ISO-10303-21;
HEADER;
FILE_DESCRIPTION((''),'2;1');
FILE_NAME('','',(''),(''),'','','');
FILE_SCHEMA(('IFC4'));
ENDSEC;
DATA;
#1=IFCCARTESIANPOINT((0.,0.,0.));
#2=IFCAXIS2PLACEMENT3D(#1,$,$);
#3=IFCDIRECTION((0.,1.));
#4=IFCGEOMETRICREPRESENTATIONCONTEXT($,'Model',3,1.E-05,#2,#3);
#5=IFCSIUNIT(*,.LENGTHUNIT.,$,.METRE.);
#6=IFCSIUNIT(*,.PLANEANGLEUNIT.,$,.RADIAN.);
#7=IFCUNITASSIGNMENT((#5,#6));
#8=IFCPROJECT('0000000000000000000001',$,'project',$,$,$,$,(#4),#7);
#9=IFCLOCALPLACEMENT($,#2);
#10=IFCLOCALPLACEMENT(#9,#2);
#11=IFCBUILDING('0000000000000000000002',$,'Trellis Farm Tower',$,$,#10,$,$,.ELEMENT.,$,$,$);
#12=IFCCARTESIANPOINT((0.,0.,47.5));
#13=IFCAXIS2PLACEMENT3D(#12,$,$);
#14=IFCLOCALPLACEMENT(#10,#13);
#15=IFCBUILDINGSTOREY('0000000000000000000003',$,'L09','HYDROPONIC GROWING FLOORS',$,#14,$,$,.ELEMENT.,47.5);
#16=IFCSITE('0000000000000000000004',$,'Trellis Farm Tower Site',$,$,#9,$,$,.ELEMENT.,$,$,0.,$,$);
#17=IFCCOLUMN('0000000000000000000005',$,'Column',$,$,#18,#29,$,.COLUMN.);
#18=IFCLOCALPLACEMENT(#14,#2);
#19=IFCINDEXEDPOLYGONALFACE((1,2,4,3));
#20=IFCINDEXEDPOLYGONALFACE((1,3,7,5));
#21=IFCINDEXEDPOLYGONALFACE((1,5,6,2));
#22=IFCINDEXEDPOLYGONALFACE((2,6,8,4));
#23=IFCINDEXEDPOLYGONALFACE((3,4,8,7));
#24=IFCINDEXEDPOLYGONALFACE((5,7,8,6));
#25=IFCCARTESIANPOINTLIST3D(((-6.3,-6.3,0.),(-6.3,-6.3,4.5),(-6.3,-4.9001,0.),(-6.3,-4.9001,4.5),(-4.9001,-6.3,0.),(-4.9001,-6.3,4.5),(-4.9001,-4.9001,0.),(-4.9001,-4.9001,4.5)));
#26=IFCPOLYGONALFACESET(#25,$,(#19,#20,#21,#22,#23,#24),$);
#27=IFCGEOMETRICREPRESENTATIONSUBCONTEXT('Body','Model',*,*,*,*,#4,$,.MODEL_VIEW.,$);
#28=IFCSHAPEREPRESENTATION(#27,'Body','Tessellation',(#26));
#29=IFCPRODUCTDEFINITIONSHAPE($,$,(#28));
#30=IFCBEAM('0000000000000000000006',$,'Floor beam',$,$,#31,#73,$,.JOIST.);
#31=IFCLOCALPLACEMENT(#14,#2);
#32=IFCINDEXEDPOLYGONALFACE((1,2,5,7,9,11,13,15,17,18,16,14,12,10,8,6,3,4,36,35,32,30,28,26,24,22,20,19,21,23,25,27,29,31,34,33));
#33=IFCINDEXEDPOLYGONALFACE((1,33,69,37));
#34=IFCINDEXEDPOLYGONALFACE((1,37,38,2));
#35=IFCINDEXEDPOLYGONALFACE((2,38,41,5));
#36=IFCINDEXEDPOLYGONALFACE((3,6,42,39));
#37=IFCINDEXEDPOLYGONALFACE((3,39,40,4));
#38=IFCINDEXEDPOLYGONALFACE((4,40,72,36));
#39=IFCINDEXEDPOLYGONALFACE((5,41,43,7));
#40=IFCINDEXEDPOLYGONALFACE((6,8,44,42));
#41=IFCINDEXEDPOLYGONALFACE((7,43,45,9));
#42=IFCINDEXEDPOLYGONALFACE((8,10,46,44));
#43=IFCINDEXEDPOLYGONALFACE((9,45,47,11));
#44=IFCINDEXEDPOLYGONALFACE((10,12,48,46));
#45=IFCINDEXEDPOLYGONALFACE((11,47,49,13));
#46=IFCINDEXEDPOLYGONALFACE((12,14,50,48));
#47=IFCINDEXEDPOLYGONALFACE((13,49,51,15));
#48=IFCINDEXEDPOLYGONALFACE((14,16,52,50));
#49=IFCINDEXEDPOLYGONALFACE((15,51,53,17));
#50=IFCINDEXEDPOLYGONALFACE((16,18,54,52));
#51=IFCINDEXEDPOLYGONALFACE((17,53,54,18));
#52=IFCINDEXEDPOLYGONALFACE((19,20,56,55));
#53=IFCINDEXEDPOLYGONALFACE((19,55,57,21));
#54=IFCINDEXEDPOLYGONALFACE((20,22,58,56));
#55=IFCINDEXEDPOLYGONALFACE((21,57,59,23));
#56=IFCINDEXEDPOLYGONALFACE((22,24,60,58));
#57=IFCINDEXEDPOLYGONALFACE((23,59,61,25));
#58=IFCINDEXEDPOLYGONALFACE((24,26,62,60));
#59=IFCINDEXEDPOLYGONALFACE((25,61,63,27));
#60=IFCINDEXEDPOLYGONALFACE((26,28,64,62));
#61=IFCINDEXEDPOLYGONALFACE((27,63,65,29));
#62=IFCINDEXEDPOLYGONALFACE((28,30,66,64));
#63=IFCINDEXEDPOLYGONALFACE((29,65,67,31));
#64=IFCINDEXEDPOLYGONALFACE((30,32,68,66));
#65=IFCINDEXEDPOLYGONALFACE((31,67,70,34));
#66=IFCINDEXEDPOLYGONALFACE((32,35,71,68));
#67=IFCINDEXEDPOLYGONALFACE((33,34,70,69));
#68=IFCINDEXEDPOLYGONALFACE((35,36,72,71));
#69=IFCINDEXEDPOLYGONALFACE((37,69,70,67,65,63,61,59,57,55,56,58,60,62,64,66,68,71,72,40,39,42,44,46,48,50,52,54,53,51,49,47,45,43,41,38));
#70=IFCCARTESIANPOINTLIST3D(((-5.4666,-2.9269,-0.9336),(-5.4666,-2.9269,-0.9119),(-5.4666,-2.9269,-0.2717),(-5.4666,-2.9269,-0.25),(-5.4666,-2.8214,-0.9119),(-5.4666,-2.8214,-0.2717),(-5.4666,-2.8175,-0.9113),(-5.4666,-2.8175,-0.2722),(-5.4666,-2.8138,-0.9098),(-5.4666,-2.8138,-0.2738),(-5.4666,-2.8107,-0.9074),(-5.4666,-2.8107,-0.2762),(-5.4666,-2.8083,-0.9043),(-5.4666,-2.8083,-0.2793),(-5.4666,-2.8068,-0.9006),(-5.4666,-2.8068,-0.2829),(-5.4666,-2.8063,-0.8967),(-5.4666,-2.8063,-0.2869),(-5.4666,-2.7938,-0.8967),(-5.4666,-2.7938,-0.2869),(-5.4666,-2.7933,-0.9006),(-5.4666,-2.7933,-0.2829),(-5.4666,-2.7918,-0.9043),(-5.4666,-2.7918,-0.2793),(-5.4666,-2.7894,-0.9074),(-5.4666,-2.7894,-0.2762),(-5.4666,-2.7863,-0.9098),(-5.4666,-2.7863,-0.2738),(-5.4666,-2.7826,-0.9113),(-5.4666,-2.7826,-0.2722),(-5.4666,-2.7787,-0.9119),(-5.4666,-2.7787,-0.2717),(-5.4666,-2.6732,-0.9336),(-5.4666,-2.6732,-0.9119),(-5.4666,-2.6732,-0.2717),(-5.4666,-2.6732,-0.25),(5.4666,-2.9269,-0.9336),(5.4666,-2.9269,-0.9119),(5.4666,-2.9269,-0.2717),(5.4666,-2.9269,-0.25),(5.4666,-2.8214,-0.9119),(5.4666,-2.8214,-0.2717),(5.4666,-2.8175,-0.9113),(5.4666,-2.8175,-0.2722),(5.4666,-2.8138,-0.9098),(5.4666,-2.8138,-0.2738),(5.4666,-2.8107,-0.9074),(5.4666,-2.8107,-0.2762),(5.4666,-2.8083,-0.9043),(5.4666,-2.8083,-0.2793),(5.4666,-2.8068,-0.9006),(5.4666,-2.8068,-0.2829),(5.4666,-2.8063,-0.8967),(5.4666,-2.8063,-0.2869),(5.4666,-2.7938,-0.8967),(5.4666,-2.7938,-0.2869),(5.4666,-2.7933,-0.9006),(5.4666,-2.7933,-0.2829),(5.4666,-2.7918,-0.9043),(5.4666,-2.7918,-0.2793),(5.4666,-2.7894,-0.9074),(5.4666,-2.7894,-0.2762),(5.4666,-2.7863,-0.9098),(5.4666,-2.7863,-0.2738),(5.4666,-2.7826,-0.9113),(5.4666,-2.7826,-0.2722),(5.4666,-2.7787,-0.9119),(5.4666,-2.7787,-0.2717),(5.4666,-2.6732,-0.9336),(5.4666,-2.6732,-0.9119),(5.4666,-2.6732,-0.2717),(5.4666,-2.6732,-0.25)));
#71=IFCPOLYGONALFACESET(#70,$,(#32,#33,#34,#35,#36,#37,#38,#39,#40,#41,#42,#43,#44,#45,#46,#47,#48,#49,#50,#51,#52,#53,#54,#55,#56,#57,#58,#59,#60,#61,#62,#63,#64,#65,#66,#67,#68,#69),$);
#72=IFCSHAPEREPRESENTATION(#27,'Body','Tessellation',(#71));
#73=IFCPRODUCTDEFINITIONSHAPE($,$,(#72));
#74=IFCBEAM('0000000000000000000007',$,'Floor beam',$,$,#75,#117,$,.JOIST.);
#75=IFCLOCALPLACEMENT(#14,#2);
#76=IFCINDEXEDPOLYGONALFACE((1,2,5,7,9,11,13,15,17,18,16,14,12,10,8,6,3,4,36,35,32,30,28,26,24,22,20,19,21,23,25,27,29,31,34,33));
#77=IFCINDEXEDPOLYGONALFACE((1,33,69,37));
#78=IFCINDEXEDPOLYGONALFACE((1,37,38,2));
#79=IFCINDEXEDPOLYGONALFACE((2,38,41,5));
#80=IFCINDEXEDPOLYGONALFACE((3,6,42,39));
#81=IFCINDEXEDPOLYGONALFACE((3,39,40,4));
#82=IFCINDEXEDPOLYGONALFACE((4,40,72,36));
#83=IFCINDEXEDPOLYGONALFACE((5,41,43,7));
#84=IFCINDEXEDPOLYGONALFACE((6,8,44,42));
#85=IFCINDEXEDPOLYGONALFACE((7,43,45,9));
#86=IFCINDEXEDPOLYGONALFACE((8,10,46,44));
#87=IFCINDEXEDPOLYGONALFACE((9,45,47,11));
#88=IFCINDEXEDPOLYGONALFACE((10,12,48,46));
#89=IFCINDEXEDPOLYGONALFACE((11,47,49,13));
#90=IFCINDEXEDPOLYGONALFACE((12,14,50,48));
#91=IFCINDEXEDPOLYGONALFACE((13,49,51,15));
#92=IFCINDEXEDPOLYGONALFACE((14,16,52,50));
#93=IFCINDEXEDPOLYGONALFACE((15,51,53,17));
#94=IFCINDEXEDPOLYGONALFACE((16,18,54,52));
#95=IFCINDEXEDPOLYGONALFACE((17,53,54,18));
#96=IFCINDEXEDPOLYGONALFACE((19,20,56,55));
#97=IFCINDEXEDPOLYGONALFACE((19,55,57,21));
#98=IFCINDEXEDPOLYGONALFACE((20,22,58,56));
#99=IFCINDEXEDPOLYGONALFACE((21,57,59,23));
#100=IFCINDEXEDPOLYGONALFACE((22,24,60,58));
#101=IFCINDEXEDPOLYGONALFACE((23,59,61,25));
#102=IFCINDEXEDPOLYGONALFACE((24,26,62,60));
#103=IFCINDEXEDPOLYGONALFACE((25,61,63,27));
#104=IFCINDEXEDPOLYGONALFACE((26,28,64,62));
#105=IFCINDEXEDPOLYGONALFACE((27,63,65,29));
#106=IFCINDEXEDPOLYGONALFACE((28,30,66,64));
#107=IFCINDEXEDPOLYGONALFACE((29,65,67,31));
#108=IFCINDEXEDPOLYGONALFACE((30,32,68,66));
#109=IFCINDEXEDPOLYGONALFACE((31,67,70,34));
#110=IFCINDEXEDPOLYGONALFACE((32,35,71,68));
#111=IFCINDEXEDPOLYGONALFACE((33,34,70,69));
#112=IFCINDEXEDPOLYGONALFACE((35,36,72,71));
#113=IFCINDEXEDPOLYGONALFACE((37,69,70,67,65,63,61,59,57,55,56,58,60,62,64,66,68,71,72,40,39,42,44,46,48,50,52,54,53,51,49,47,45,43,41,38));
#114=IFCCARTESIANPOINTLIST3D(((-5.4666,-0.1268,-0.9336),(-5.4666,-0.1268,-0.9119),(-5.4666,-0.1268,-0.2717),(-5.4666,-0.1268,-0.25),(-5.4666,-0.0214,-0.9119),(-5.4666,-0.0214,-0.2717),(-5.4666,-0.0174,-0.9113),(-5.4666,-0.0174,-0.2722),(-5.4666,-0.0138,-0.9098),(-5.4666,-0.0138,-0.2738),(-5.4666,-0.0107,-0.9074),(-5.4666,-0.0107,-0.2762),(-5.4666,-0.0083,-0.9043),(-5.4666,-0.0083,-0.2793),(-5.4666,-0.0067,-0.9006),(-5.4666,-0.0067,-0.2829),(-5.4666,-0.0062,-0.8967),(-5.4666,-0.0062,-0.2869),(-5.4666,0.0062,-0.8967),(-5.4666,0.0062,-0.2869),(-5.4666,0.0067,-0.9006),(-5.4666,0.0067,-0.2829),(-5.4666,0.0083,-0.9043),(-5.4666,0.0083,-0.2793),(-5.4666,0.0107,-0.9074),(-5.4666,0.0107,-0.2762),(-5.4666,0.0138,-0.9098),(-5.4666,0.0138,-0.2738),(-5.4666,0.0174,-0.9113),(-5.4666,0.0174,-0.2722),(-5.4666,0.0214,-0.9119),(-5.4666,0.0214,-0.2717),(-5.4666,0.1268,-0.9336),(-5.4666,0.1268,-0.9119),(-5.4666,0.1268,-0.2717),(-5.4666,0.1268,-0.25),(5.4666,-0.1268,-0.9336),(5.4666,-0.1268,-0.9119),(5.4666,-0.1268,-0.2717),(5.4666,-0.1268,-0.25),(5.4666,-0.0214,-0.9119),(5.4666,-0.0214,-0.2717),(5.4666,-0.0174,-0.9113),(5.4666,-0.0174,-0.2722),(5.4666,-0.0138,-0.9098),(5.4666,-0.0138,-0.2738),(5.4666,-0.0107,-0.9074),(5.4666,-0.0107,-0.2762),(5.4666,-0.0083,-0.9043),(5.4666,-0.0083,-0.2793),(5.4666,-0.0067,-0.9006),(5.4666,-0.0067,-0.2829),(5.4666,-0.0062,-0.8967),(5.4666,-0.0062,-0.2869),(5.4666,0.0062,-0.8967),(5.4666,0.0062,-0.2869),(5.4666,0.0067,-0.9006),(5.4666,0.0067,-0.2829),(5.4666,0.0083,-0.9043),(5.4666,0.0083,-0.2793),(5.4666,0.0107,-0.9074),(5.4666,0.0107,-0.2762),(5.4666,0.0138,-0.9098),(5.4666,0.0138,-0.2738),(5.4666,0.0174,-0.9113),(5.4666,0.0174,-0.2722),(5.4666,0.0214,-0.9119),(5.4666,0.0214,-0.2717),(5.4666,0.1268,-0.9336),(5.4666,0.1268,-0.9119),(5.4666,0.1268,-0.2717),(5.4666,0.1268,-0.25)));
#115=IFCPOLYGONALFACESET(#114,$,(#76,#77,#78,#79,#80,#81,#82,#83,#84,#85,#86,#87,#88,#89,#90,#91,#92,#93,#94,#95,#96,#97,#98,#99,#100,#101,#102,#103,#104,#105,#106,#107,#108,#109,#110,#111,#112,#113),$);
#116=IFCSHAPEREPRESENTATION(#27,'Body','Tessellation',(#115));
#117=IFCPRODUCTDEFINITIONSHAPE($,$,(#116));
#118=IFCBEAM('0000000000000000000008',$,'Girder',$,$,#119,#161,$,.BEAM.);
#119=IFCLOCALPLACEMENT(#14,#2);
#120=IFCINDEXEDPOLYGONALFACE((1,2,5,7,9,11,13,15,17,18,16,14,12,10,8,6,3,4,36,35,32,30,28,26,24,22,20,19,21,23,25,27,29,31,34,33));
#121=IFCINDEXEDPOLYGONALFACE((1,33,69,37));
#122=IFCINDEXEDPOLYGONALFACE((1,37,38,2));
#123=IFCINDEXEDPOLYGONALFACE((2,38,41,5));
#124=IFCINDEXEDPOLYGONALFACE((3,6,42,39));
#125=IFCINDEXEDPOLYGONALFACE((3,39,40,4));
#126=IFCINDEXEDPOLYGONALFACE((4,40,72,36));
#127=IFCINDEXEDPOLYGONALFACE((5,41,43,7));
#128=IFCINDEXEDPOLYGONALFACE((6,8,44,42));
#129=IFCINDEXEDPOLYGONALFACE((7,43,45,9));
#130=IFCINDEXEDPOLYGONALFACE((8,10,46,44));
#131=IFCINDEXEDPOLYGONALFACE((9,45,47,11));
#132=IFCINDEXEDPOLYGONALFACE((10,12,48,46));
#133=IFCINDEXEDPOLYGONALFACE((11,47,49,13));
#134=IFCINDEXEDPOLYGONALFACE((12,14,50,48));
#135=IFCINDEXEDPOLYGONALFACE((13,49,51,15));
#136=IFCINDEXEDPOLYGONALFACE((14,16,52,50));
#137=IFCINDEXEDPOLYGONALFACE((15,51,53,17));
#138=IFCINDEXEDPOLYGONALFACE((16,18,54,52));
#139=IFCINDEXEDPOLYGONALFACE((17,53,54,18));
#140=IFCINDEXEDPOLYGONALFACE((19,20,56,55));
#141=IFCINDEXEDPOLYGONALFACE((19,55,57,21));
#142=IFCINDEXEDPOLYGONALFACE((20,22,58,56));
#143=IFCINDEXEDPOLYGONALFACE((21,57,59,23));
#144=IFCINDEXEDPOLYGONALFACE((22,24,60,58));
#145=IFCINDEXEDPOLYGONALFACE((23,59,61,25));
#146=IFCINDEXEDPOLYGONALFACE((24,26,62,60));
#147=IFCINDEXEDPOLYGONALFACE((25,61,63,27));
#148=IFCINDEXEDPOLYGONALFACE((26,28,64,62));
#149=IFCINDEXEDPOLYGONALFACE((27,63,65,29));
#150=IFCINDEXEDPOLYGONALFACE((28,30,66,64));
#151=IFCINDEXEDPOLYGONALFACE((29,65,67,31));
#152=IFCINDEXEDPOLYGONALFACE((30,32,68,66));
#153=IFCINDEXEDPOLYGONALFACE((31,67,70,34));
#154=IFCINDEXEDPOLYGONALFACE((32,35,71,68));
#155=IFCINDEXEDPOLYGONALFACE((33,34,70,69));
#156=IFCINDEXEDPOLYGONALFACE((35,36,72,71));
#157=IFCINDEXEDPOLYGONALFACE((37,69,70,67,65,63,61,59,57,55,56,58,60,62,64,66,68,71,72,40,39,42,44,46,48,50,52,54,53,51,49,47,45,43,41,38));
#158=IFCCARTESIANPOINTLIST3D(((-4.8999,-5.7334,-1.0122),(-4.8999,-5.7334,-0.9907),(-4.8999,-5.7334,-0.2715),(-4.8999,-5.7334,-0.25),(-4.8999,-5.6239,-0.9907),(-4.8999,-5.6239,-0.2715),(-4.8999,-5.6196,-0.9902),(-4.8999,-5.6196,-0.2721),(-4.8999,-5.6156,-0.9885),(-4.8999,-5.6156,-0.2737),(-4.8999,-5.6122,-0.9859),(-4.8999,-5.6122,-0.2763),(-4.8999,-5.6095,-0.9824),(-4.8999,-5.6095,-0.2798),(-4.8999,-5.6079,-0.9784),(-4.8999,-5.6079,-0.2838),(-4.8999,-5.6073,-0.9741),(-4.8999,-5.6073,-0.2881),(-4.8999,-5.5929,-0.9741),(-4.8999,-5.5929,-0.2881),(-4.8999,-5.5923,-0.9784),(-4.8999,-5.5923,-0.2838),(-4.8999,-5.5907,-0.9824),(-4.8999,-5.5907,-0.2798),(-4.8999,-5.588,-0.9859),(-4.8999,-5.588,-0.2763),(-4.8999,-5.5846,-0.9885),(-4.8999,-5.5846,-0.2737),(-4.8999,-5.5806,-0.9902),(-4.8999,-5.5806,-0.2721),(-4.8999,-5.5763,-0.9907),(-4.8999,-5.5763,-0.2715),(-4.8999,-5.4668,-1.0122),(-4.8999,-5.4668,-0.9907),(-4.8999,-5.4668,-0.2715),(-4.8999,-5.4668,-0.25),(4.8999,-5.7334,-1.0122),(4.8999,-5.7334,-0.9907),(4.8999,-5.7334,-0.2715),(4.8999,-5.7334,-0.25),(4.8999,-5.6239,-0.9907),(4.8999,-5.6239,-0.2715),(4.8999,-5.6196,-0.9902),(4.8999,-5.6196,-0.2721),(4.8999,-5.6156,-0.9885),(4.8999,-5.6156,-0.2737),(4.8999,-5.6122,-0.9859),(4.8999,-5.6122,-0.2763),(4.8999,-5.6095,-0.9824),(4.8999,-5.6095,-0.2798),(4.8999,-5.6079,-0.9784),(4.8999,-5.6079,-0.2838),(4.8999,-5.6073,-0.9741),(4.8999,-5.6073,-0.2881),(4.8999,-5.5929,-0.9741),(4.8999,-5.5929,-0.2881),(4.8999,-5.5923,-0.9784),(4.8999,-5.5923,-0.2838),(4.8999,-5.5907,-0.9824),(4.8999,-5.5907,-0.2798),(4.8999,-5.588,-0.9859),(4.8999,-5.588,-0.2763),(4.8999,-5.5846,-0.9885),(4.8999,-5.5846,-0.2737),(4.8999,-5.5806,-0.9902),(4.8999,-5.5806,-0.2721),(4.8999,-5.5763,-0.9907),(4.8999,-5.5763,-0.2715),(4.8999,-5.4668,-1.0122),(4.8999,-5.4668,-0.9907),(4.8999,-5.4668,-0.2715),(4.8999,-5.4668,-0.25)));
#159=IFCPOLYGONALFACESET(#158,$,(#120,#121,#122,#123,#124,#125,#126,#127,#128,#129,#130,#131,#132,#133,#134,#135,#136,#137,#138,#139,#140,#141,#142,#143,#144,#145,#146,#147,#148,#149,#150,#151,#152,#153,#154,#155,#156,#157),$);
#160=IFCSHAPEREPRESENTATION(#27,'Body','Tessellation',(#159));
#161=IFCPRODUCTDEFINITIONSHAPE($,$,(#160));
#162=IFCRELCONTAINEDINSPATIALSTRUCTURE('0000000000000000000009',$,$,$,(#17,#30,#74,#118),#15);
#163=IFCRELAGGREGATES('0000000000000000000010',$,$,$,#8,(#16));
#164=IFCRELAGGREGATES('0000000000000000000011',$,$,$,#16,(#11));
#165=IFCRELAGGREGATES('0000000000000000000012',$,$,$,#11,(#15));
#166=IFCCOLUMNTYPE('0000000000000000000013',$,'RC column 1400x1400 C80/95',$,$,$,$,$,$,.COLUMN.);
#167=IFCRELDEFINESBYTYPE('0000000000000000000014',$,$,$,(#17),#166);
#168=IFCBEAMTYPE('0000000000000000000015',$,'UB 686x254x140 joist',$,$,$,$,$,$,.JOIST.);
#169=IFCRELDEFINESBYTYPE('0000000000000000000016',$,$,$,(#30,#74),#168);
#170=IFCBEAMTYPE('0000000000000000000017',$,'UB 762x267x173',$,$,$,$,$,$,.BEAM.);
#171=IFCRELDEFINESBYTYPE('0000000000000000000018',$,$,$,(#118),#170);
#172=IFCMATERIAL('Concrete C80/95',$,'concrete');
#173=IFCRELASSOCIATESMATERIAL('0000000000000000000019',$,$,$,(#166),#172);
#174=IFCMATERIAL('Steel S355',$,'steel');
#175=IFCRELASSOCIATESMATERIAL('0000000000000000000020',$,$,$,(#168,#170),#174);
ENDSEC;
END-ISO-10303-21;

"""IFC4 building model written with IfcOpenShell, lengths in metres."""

from ifc_helpers import new_model, si_unit, direction, frame, origin, origin_2d, place, context, subcontext, project, spatial, rectangle, i_section, extrude, source, transform, mapped, material, material_profile, profile_set, type_object, element, save


model = new_model("IFC4")

# Units and contexts
model_context = context("Model", 3, precision=1e-05, world=origin(), true_north=direction((0.0, 1.0)))
body_context = subcontext(model_context, "Body", "Model", "MODEL_VIEW")
ifc_project = project(units=[si_unit("LENGTHUNIT", "METRE"), si_unit("PLANEANGLEUNIT", "RADIAN")], contexts=[model_context])

# Site, building, storey
site_placement = place(None, origin())
site = spatial("IfcSite", under=ifc_project, at=site_placement, Name="Trellis Farm Tower Site", CompositionType="ELEMENT", RefElevation=0.0)
building_placement = place(site_placement, origin())
building = spatial("IfcBuilding", under=site, at=building_placement, Name="Trellis Farm Tower", CompositionType="ELEMENT")
storey_placement = place(building_placement, frame((0.0, 0.0, 47.5)))
storey = spatial("IfcBuildingStorey", under=building, at=storey_placement, Name="L09", Description="HYDROPONIC GROWING FLOORS", CompositionType="ELEMENT", Elevation=47.5)

# Column
ifc_material_1 = material(Name="Concrete C80/95", Category="concrete")
ifc_material_profile_1 = material_profile(ifc_material_1, rectangle(XDim=1.3999, YDim=1.3999, at=origin_2d()), Name="RC column 1400x1400 C80/95")
ifc_profile_set_1 = profile_set([ifc_material_profile_1], Name="Concrete C80/95")
column_type = type_object("IfcColumnType", Name="RC column 1400x1400 C80/95", PredefinedType="COLUMN", material=ifc_profile_set_1)
shared_shape_1 = source(origin(), body_context, "Body", "SweptSolid", [
    extrude(rectangle(XDim=1.3999, YDim=1.3999, at=origin_2d()), origin(), (0.0, 0.0, 1.0), 4.5),
])
column_placement = place(storey_placement, frame((-5.6001, -5.6001, 0.0), z_axis=(0.0, 0.0, 1.0), x_axis=(1.0, 0.0, 0.0)))
element("IfcColumn", 1, at=column_placement, inside=storey, type_object=column_type, Name="Column", PredefinedType="COLUMN", context=body_context, shape_type="MappedRepresentation", body=[
    mapped(shared_shape_1, transform((0.0, 0.0, 0.0))),
])

# Beams
ifc_material_2 = material(Name="Steel S355", Category="steel")
ifc_material_profile_2 = material_profile(ifc_material_2, i_section(OverallWidth=0.2537, OverallDepth=0.6836, WebThickness=0.0125, FlangeThickness=0.0217, FilletRadius=0.0151, at=origin_2d()), Name="UB 686x254x140")
ifc_profile_set_2 = profile_set([ifc_material_profile_2], Name="Steel S355")
beam_type_1 = type_object("IfcBeamType", Name="UB 686x254x140 joist", PredefinedType="JOIST", material=ifc_profile_set_2)
shared_shape_2 = source(origin(), body_context, "Body", "SweptSolid", [
    extrude(i_section(OverallWidth=0.2537, OverallDepth=0.6836, WebThickness=0.0125, FlangeThickness=0.0217, FilletRadius=0.0151, at=origin_2d()), origin(), (0.0, 0.0, 1.0), 10.9331),
])
for number, where, z_axis, x_axis, name in (
    (2, (-5.4666, -2.8, -0.5918), (1.0, 0.0, 0.0), (0.0, 1.0, 0.0), "Floor beam"),
    (3, (-5.4666, 0.0, -0.5918), (1.0, 0.0, 0.0), (0.0, 1.0, 0.0), "Floor beam"),
):
    element("IfcBeam", number, at=place(storey_placement, frame(where, z_axis=z_axis, x_axis=x_axis)), inside=storey, type_object=beam_type_1, Name=name, PredefinedType="JOIST", context=body_context, shape_type="MappedRepresentation", body=[
        mapped(shared_shape_2, transform((0.0, 0.0, 0.0))),
    ])
ifc_material_profile_3 = material_profile(ifc_material_2, i_section(OverallWidth=0.2666, OverallDepth=0.7622, WebThickness=0.0144, FlangeThickness=0.0215, FilletRadius=0.0166, at=origin_2d()), Name="UB 762x267x173")
ifc_profile_set_3 = profile_set([ifc_material_profile_3], Name="Steel S355")
beam_type_2 = type_object("IfcBeamType", Name="UB 762x267x173", PredefinedType="BEAM", material=ifc_profile_set_3)
shared_shape_3 = source(origin(), body_context, "Body", "SweptSolid", [
    extrude(i_section(OverallWidth=0.2666, OverallDepth=0.7622, WebThickness=0.0144, FlangeThickness=0.0215, FilletRadius=0.0166, at=origin_2d()), origin(), (0.0, 0.0, 1.0), 9.7998),
])
for number, where, z_axis, x_axis, name in (
    (4, (-4.8999, -5.6001, -0.6311), (1.0, 0.0, 0.0), (0.0, 1.0, 0.0), "Girder"),
):
    element("IfcBeam", number, at=place(storey_placement, frame(where, z_axis=z_axis, x_axis=x_axis)), inside=storey, type_object=beam_type_2, Name=name, PredefinedType="BEAM", context=body_context, shape_type="MappedRepresentation", body=[
        mapped(shared_shape_3, transform((0.0, 0.0, 0.0))),
    ])

save(model, "model.ifc")
